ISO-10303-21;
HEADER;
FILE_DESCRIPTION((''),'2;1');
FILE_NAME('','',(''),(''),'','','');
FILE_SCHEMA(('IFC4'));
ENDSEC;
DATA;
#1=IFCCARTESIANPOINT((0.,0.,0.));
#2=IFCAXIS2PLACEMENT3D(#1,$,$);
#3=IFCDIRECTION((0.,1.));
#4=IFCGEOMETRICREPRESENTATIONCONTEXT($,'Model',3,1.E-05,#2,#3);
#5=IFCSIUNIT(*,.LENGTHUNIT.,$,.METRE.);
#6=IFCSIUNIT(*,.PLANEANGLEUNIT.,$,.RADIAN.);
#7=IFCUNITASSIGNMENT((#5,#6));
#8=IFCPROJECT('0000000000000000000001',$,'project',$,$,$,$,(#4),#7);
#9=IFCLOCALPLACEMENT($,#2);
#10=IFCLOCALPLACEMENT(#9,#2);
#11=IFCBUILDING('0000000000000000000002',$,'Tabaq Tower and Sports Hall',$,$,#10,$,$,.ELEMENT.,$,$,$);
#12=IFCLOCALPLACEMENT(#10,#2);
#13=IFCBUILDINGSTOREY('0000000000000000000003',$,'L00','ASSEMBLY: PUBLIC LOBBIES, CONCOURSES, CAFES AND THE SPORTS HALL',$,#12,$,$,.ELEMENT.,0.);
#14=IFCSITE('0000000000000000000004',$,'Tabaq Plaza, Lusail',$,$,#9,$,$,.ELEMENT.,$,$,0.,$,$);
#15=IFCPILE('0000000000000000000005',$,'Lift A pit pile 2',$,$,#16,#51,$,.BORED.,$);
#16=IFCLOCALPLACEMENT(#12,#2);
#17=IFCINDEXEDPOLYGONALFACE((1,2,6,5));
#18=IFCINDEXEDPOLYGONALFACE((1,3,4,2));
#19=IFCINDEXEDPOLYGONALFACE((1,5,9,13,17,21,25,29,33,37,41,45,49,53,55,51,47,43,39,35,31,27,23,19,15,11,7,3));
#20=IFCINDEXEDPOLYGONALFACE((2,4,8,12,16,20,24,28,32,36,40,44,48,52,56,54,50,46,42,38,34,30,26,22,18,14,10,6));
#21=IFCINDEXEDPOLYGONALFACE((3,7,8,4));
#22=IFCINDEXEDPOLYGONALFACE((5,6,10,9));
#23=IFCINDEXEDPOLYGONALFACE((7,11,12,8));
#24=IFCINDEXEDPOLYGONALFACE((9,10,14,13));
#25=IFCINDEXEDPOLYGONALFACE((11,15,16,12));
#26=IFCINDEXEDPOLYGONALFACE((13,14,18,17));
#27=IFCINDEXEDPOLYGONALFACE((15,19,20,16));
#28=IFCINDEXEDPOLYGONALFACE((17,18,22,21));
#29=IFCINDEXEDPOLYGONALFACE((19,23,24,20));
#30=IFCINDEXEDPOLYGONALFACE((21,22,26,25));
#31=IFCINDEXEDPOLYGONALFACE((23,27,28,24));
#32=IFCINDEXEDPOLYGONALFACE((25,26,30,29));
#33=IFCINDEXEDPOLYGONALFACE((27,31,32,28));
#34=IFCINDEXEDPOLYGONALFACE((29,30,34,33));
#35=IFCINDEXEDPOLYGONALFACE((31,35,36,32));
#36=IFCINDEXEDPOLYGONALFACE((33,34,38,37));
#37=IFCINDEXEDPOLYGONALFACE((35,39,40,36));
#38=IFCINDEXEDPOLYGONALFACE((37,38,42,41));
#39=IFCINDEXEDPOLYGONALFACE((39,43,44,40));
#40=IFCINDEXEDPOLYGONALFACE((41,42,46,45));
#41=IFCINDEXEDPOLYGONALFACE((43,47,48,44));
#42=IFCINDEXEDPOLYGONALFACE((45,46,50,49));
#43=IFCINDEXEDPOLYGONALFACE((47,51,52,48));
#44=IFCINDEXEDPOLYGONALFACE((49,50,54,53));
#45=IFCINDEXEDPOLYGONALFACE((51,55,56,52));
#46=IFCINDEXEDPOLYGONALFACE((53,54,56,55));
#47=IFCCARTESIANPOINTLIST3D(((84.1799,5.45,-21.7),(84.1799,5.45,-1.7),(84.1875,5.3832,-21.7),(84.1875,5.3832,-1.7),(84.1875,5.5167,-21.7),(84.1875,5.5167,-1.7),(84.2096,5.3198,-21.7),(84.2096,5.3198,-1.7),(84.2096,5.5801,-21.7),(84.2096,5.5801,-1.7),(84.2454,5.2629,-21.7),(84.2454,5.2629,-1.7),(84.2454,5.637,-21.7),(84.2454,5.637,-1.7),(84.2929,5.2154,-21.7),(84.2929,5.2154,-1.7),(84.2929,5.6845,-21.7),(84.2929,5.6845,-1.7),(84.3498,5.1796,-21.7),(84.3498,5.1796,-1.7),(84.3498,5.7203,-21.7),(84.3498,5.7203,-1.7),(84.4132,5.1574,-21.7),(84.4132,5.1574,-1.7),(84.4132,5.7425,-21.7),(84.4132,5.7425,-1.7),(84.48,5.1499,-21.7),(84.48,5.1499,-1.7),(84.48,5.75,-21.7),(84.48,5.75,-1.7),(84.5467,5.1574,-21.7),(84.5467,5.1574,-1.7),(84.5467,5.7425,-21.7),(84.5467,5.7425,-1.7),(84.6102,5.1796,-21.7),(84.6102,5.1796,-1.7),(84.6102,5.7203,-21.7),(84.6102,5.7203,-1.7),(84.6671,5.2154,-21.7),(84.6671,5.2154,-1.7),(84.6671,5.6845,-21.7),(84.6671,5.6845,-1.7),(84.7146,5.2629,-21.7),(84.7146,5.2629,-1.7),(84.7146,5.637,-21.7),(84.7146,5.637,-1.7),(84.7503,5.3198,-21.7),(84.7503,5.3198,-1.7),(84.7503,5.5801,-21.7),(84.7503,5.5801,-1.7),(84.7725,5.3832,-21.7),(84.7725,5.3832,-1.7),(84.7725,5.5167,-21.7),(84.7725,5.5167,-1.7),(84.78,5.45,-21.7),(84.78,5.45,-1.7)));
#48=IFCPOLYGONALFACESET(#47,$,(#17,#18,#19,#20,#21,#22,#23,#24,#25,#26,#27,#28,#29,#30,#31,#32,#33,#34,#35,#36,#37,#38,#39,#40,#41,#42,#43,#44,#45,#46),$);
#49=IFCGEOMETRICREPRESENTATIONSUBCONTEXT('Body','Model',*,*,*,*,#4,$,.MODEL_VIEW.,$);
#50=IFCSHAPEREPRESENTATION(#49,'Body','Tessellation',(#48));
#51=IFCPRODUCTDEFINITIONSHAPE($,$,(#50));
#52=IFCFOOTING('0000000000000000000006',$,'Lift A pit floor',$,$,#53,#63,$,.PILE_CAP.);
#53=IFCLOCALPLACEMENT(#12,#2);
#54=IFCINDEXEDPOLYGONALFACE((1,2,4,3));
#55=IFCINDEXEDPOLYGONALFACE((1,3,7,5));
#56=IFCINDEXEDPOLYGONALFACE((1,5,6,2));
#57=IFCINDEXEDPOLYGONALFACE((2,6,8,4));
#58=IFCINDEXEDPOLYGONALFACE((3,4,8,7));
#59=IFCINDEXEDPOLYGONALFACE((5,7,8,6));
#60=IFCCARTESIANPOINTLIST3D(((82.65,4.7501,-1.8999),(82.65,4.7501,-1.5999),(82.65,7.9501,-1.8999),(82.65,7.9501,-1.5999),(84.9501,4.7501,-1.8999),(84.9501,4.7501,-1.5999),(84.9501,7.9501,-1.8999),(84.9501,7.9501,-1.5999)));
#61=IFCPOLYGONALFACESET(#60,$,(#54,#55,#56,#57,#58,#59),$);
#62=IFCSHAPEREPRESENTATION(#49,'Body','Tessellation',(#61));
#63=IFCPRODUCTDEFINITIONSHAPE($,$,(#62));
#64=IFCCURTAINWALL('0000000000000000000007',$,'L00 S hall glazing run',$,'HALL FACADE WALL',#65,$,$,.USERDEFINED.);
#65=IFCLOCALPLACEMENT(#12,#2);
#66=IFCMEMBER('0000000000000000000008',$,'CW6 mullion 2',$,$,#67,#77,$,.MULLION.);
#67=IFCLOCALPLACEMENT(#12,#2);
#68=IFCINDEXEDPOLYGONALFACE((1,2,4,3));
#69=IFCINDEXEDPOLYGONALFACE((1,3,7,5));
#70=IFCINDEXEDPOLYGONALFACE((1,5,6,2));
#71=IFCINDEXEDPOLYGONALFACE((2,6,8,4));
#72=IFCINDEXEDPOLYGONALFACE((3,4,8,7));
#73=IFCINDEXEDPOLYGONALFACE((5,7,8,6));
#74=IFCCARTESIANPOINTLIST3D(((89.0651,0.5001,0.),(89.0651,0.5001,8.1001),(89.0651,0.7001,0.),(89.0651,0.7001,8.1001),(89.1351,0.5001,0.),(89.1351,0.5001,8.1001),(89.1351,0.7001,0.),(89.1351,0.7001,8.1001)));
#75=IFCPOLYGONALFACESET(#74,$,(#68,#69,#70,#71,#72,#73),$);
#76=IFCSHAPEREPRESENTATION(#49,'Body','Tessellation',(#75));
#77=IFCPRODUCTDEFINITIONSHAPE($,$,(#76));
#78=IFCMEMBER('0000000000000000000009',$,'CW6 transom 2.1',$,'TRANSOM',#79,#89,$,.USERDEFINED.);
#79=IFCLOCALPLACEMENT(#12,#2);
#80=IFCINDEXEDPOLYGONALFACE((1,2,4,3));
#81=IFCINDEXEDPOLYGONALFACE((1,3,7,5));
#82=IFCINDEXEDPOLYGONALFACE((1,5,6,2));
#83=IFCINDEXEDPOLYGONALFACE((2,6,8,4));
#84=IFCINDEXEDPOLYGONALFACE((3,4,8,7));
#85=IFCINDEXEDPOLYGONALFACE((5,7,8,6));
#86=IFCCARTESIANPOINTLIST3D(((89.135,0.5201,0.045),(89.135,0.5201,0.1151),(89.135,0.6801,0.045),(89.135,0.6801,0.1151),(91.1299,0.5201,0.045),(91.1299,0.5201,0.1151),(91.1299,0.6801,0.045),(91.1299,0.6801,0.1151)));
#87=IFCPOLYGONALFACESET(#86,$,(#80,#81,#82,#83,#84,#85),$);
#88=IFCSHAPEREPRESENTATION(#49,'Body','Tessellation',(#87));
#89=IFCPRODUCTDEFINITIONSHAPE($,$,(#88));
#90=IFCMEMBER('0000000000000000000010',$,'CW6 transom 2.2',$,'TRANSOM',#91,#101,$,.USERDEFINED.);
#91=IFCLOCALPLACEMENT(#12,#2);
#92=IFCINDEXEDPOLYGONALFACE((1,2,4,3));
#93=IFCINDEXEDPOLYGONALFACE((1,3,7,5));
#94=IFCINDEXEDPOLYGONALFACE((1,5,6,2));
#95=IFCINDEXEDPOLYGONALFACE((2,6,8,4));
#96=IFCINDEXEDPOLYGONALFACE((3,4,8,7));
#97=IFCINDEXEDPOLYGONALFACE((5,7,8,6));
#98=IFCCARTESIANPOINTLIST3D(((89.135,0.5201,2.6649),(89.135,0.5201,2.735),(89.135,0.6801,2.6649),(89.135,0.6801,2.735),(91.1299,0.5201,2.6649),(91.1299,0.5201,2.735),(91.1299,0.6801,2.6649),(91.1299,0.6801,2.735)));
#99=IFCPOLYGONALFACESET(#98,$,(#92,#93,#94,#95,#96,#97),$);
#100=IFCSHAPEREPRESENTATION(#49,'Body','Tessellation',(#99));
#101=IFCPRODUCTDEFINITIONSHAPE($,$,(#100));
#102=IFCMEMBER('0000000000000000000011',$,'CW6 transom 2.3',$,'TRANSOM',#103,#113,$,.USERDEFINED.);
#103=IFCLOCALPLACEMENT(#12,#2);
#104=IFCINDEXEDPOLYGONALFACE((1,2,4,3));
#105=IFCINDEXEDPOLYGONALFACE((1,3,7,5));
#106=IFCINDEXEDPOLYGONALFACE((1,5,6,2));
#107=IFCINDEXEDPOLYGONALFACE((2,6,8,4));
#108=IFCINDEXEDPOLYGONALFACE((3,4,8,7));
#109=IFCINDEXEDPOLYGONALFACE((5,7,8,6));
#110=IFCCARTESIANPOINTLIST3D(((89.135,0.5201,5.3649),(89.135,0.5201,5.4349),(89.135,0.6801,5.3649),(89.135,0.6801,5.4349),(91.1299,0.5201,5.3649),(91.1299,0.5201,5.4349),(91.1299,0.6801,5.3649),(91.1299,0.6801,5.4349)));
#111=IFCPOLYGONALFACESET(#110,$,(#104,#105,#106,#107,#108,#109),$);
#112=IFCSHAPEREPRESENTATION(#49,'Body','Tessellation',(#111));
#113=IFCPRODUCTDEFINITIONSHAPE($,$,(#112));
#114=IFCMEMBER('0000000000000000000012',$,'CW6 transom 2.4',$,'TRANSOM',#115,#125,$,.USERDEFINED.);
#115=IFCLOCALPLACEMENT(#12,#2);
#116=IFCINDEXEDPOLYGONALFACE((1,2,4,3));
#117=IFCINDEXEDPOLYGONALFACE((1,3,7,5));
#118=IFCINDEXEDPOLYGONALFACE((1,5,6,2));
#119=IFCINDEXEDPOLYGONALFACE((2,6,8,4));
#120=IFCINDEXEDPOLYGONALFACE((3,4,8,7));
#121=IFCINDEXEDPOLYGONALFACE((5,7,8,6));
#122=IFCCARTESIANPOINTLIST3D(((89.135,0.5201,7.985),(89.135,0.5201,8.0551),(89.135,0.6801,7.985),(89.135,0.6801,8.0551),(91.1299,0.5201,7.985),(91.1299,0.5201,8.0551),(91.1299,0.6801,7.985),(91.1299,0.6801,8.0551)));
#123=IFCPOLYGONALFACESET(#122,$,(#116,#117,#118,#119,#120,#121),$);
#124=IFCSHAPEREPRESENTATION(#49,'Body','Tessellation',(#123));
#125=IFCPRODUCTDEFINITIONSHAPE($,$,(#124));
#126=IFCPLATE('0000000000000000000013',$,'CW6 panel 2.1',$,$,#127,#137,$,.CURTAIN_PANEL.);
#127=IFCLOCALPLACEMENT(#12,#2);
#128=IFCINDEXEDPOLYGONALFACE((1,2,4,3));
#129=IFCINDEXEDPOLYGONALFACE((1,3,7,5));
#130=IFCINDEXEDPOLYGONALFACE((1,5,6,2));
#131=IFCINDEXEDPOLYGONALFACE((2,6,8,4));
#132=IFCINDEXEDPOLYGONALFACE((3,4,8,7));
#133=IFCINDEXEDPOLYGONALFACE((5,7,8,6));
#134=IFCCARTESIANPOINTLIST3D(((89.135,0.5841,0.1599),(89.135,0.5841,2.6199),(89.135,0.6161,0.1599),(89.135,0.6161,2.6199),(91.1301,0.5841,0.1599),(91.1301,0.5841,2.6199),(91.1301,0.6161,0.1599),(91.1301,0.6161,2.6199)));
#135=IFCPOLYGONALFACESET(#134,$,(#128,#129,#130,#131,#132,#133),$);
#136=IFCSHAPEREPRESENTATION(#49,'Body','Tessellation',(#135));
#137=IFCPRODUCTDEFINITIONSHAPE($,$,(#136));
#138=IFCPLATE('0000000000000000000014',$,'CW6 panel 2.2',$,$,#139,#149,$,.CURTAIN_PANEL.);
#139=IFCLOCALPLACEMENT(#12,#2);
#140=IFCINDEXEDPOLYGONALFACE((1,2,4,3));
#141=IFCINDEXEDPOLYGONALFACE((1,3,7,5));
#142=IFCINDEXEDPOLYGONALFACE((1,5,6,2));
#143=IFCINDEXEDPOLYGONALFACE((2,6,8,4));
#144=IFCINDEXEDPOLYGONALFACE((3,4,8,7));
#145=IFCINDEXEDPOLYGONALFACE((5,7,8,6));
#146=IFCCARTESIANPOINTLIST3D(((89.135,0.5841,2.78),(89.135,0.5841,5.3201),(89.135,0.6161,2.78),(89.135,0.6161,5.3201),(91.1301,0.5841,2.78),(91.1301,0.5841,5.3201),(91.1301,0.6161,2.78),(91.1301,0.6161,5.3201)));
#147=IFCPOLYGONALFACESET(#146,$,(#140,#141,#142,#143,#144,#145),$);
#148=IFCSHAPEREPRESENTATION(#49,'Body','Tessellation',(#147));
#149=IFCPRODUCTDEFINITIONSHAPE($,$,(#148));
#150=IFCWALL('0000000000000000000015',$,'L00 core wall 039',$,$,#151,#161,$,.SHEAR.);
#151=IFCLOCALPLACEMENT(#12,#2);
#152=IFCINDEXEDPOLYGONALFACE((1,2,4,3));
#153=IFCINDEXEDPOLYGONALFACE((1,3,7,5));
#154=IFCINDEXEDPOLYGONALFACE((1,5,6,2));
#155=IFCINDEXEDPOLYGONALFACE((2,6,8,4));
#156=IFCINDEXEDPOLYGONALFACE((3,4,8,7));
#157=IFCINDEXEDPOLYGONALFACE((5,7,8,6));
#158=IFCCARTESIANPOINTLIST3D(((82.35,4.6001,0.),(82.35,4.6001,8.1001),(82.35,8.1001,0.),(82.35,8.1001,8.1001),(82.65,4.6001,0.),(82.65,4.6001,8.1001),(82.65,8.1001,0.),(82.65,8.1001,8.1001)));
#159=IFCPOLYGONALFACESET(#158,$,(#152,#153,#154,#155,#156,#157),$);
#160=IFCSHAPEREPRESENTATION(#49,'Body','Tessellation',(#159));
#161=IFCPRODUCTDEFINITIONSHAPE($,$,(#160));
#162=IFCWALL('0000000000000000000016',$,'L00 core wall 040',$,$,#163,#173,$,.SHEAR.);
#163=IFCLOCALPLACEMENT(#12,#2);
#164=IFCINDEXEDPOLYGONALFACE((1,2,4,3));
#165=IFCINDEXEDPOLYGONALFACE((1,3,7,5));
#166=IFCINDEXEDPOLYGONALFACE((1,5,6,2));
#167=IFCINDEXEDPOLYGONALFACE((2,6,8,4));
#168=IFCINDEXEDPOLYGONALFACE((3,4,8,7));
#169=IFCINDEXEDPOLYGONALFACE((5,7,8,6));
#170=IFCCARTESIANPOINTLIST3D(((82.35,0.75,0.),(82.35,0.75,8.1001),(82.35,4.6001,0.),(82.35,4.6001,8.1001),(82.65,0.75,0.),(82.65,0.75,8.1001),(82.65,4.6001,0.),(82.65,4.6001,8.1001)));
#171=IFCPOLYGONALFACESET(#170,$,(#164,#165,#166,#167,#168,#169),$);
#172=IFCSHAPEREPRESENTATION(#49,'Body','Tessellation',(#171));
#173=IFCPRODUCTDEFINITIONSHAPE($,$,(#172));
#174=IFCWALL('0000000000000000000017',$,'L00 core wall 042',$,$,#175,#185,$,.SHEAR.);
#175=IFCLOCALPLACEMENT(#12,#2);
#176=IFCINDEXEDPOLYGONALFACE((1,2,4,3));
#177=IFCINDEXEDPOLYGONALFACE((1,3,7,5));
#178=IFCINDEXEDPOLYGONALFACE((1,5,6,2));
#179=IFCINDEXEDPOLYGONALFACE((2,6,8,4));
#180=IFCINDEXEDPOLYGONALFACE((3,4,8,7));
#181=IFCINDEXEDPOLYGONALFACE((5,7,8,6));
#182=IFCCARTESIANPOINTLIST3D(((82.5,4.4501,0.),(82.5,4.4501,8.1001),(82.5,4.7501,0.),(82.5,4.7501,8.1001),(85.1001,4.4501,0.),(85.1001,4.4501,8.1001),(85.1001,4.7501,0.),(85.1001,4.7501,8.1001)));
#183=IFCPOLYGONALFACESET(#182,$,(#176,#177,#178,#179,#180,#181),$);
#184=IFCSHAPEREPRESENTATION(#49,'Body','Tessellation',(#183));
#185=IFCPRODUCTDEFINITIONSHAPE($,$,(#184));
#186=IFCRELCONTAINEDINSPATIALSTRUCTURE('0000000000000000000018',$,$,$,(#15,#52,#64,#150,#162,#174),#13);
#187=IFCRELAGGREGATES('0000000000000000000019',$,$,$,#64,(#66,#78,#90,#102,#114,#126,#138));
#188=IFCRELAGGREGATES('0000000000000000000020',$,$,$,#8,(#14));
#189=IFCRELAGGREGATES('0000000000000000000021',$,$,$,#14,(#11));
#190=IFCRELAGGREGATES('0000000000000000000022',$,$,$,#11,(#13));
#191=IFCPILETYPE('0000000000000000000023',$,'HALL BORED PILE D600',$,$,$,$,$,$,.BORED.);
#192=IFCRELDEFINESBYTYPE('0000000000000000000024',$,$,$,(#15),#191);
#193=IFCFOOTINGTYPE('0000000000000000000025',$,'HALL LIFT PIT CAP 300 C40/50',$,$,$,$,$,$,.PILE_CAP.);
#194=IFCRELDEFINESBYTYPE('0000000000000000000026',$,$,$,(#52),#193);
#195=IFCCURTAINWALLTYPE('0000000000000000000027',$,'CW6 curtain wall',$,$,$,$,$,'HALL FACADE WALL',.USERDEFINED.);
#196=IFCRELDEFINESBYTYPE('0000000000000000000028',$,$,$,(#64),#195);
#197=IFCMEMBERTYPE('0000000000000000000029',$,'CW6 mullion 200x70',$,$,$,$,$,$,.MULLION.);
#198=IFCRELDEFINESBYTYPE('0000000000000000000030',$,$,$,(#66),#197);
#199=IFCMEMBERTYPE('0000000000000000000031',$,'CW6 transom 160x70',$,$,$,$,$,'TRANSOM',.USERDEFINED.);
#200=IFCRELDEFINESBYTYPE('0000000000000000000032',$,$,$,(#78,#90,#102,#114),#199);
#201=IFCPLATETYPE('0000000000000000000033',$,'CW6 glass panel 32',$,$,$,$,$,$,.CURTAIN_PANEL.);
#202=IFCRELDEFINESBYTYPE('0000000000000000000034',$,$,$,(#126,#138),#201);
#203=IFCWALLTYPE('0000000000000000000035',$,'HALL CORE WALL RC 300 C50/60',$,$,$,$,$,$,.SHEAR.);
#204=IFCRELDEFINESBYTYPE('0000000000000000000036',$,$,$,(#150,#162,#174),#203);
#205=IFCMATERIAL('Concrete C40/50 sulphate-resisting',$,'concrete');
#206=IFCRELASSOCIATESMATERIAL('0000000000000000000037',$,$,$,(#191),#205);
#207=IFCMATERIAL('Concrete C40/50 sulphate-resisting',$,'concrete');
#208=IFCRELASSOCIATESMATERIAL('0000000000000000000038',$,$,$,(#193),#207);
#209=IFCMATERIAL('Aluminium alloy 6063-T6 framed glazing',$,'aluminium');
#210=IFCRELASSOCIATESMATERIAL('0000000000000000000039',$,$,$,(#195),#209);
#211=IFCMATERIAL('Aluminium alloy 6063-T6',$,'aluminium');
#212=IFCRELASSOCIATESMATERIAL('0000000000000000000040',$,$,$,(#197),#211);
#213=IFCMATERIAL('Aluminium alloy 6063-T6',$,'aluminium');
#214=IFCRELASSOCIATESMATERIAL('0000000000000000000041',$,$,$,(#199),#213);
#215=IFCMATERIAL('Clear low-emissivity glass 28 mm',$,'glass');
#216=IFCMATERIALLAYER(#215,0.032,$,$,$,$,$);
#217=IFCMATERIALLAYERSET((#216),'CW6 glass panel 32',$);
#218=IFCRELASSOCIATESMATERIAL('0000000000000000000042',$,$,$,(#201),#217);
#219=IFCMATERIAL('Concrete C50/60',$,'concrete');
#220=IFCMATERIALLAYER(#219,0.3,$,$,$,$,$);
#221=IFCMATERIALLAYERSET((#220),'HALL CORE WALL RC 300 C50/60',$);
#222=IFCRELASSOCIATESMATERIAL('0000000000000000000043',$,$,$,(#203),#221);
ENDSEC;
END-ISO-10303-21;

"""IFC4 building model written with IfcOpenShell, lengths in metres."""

from ifc_helpers import new_model, si_unit, direction, frame, frame_2d, origin, origin_2d, place, context, subcontext, project, spatial, rectangle, circle, extrude, material, layer, layer_set, material_profile, profile_set, type_object, element, aggregate, save


model = new_model("IFC4")

# Units and contexts
model_context = context("Model", 3, precision=1e-05, world=origin(), true_north=direction((0.0, 1.0)))
body_context = subcontext(model_context, "Body", "Model", "MODEL_VIEW")
ifc_project = project(units=[si_unit("LENGTHUNIT", "METRE"), si_unit("PLANEANGLEUNIT", "RADIAN")], contexts=[model_context])

# Site, building, storey
site_placement = place(None, origin())
site = spatial("IfcSite", under=ifc_project, at=site_placement, Name="Tabaq Plaza, Lusail", CompositionType="ELEMENT", RefElevation=0.0)
building_placement = place(site_placement, origin())
building = spatial("IfcBuilding", under=site, at=building_placement, Name="Tabaq Tower and Sports Hall", CompositionType="ELEMENT")
storey_placement = place(building_placement, origin())
storey = spatial("IfcBuildingStorey", under=building, at=storey_placement, Name="L00", Description="ASSEMBLY: PUBLIC LOBBIES, CONCOURSES, CAFES AND THE SPORTS HALL", CompositionType="ELEMENT", Elevation=0.0)

# Pile
ifc_material_1 = material(Name="Concrete C40/50 sulphate-resisting", Category="concrete")
ifc_material_profile_1 = material_profile(ifc_material_1, circle(Radius=0.3, at=origin_2d()), Name="D600")
ifc_profile_set_1 = profile_set([ifc_material_profile_1], Name="Concrete C40/50 sulphate-resisting")
pile_type = type_object("IfcPileType", Name="HALL BORED PILE D600", PredefinedType="BORED", material=ifc_profile_set_1)
for number, where, z_axis, x_axis, name in (
    (1, (84.48, 5.45, -1.7), (0.0, 0.0, -1.0), (1.0, 0.0, 0.0), "Lift A pit pile 2"),
):
    element("IfcPile", number, at=place(storey_placement, frame(where, z_axis=z_axis, x_axis=x_axis)), inside=storey, type_object=pile_type, Name=name, PredefinedType="BORED", context=body_context, shape_type="SweptSolid", body=[
        extrude(circle(Radius=0.3, at=origin_2d()), origin(), (0.0, 0.0, 1.0), 20.0),
    ])

# Footing
ifc_material_2 = material(Name="Concrete C40/50 sulphate-resisting", Category="concrete")
footing_type = type_object("IfcFootingType", Name="HALL LIFT PIT CAP 300 C40/50", PredefinedType="PILE_CAP", material=ifc_material_2)
footing_placement = place(storey_placement, frame((83.8, 6.3501, -1.8999), z_axis=(0.0, 0.0, 1.0), x_axis=(1.0, 0.0, 0.0)))
element("IfcFooting", 2, at=footing_placement, inside=storey, type_object=footing_type, Name="Lift A pit floor", PredefinedType="PILE_CAP", context=body_context, shape_type="SweptSolid", body=[
    extrude(rectangle(XDim=2.3, YDim=3.2, at=origin_2d()), origin(), (0.0, 0.0, 1.0), 0.3),
])

# Curtain wall, members, plates
ifc_material_3 = material(Name="Aluminium alloy 6063-T6 framed glazing", Category="aluminium")
curtain_wall_type = type_object("IfcCurtainWallType", Name="CW6 curtain wall", ElementType="HALL FACADE WALL", PredefinedType="USERDEFINED", material=ifc_material_3)
curtain_wall_placement = place(storey_placement, origin())
curtain_wall = element("IfcCurtainWall", 3, at=curtain_wall_placement, inside=storey, type_object=curtain_wall_type, Name="L00 S hall glazing run", ObjectType="HALL FACADE WALL", PredefinedType="USERDEFINED")
ifc_material_4 = material(Name="Aluminium alloy 6063-T6", Category="aluminium")
ifc_material_profile_2 = material_profile(ifc_material_4, rectangle(XDim=0.2, YDim=0.0701, at=origin_2d()), Name="MULLION 200x70")
ifc_profile_set_2 = profile_set([ifc_material_profile_2], Name="Aluminium alloy 6063-T6")
member_type_1 = type_object("IfcMemberType", Name="CW6 mullion 200x70", PredefinedType="MULLION", material=ifc_profile_set_2)
member_1_placement = place(storey_placement, frame((89.1001, 0.6001, 0.0), z_axis=(0.0, 0.0, 1.0), x_axis=(0.0, 1.0, 0.0)))
member_1 = element("IfcMember", 4, at=member_1_placement, type_object=member_type_1, Name="CW6 mullion 2", PredefinedType="MULLION", context=body_context, shape_type="SweptSolid", body=[
    extrude(rectangle(XDim=0.2, YDim=0.0701, at=origin_2d()), origin(), (0.0, 0.0, 1.0), 8.1001),
])
ifc_material_5 = material(Name="Aluminium alloy 6063-T6", Category="aluminium")
ifc_material_profile_3 = material_profile(ifc_material_5, rectangle(XDim=0.1599, YDim=0.0701, at=origin_2d()), Name="TRANSOM 160x70")
ifc_profile_set_3 = profile_set([ifc_material_profile_3], Name="Aluminium alloy 6063-T6")
member_type_2 = type_object("IfcMemberType", Name="CW6 transom 160x70", ElementType="TRANSOM", PredefinedType="USERDEFINED", material=ifc_profile_set_3)
member_2_placement = place(storey_placement, frame((89.135, 0.6001, 0.0801), z_axis=(1.0, 0.0, 0.0), x_axis=(0.0, 1.0, 0.0)))
member_2 = element("IfcMember", 5, at=member_2_placement, type_object=member_type_2, Name="CW6 transom 2.1", ObjectType="TRANSOM", PredefinedType="USERDEFINED", context=body_context, shape_type="SweptSolid", body=[
    extrude(rectangle(XDim=0.1599, YDim=0.0701, at=origin_2d()), origin(), (0.0, 0.0, 1.0), 1.9949),
])
member_3_placement = place(storey_placement, frame((89.135, 0.6001, 2.7), z_axis=(1.0, 0.0, 0.0), x_axis=(0.0, 1.0, 0.0)))
member_3 = element("IfcMember", 6, at=member_3_placement, type_object=member_type_2, Name="CW6 transom 2.2", ObjectType="TRANSOM", PredefinedType="USERDEFINED", context=body_context, shape_type="SweptSolid", body=[
    extrude(rectangle(XDim=0.1599, YDim=0.0701, at=origin_2d()), origin(), (0.0, 0.0, 1.0), 1.9949),
])
member_4_placement = place(storey_placement, frame((89.135, 0.6001, 5.3999), z_axis=(1.0, 0.0, 0.0), x_axis=(0.0, 1.0, 0.0)))
member_4 = element("IfcMember", 7, at=member_4_placement, type_object=member_type_2, Name="CW6 transom 2.3", ObjectType="TRANSOM", PredefinedType="USERDEFINED", context=body_context, shape_type="SweptSolid", body=[
    extrude(rectangle(XDim=0.1599, YDim=0.0701, at=origin_2d()), origin(), (0.0, 0.0, 1.0), 1.9949),
])
member_5_placement = place(storey_placement, frame((89.135, 0.6001, 8.02), z_axis=(1.0, 0.0, 0.0), x_axis=(0.0, 1.0, 0.0)))
member_5 = element("IfcMember", 8, at=member_5_placement, type_object=member_type_2, Name="CW6 transom 2.4", ObjectType="TRANSOM", PredefinedType="USERDEFINED", context=body_context, shape_type="SweptSolid", body=[
    extrude(rectangle(XDim=0.1599, YDim=0.0701, at=origin_2d()), origin(), (0.0, 0.0, 1.0), 1.9949),
])
ifc_material_6 = material(Name="Clear low-emissivity glass 28 mm", Category="glass")
ifc_layer_1 = layer(ifc_material_6, 0.032)
ifc_layer_set_1 = layer_set([ifc_layer_1], Name="CW6 glass panel 32")
plate_type = type_object("IfcPlateType", Name="CW6 glass panel 32", PredefinedType="CURTAIN_PANEL", material=ifc_layer_set_1)
plate_1_placement = place(storey_placement, frame((90.1326, 0.6001, 0.1599), z_axis=(0.0, 0.0, 1.0), x_axis=(1.0, 0.0, 0.0)))
plate_1 = element("IfcPlate", 9, at=plate_1_placement, type_object=plate_type, Name="CW6 panel 2.1", PredefinedType="CURTAIN_PANEL", context=body_context, shape_type="SweptSolid", body=[
    extrude(rectangle(XDim=1.9951, YDim=0.032, at=origin_2d()), origin(), (0.0, 0.0, 1.0), 2.46),
])
plate_2_placement = place(storey_placement, frame((90.1326, 0.6001, 2.78), z_axis=(0.0, 0.0, 1.0), x_axis=(1.0, 0.0, 0.0)))
plate_2 = element("IfcPlate", 10, at=plate_2_placement, type_object=plate_type, Name="CW6 panel 2.2", PredefinedType="CURTAIN_PANEL", context=body_context, shape_type="SweptSolid", body=[
    extrude(rectangle(XDim=1.9951, YDim=0.032, at=origin_2d()), origin(), (0.0, 0.0, 1.0), 2.54),
])
aggregate(curtain_wall, [member_1, member_2, member_3, member_4, member_5, plate_1, plate_2])

# Walls
ifc_material_7 = material(Name="Concrete C50/60", Category="concrete")
ifc_layer_2 = layer(ifc_material_7, 0.3)
ifc_layer_set_2 = layer_set([ifc_layer_2], Name="HALL CORE WALL RC 300 C50/60")
wall_type = type_object("IfcWallType", Name="HALL CORE WALL RC 300 C50/60", PredefinedType="SHEAR", material=ifc_layer_set_2)
wall_1_placement = place(storey_placement, frame((82.5, 4.6001, 0.0), z_axis=(0.0, 0.0, 1.0), x_axis=(0.0, 1.0, 0.0)))
element("IfcWall", 11, at=wall_1_placement, inside=storey, type_object=wall_type, Name="L00 core wall 039", PredefinedType="SHEAR", context=body_context, shape_type="SweptSolid", body=[
    extrude(rectangle(XDim=3.5, YDim=0.3, at=frame_2d((1.75, 0.0))), origin(), (0.0, 0.0, 1.0), 8.1001),
])
wall_2_placement = place(storey_placement, frame((82.5, 0.75, 0.0), z_axis=(0.0, 0.0, 1.0), x_axis=(0.0, 1.0, 0.0)))
element("IfcWall", 12, at=wall_2_placement, inside=storey, type_object=wall_type, Name="L00 core wall 040", PredefinedType="SHEAR", context=body_context, shape_type="SweptSolid", body=[
    extrude(rectangle(XDim=3.8501, YDim=0.3, at=frame_2d((1.925, 0.0))), origin(), (0.0, 0.0, 1.0), 8.1001),
])
wall_3_placement = place(storey_placement, frame((82.5, 4.6001, 0.0), z_axis=(0.0, 0.0, 1.0), x_axis=(1.0, 0.0, 0.0)))
element("IfcWall", 13, at=wall_3_placement, inside=storey, type_object=wall_type, Name="L00 core wall 042", PredefinedType="SHEAR", context=body_context, shape_type="SweptSolid", body=[
    extrude(rectangle(XDim=2.6001, YDim=0.3, at=frame_2d((1.3, 0.0))), origin(), (0.0, 0.0, 1.0), 8.1001),
])

save(model, "model.ifc")
